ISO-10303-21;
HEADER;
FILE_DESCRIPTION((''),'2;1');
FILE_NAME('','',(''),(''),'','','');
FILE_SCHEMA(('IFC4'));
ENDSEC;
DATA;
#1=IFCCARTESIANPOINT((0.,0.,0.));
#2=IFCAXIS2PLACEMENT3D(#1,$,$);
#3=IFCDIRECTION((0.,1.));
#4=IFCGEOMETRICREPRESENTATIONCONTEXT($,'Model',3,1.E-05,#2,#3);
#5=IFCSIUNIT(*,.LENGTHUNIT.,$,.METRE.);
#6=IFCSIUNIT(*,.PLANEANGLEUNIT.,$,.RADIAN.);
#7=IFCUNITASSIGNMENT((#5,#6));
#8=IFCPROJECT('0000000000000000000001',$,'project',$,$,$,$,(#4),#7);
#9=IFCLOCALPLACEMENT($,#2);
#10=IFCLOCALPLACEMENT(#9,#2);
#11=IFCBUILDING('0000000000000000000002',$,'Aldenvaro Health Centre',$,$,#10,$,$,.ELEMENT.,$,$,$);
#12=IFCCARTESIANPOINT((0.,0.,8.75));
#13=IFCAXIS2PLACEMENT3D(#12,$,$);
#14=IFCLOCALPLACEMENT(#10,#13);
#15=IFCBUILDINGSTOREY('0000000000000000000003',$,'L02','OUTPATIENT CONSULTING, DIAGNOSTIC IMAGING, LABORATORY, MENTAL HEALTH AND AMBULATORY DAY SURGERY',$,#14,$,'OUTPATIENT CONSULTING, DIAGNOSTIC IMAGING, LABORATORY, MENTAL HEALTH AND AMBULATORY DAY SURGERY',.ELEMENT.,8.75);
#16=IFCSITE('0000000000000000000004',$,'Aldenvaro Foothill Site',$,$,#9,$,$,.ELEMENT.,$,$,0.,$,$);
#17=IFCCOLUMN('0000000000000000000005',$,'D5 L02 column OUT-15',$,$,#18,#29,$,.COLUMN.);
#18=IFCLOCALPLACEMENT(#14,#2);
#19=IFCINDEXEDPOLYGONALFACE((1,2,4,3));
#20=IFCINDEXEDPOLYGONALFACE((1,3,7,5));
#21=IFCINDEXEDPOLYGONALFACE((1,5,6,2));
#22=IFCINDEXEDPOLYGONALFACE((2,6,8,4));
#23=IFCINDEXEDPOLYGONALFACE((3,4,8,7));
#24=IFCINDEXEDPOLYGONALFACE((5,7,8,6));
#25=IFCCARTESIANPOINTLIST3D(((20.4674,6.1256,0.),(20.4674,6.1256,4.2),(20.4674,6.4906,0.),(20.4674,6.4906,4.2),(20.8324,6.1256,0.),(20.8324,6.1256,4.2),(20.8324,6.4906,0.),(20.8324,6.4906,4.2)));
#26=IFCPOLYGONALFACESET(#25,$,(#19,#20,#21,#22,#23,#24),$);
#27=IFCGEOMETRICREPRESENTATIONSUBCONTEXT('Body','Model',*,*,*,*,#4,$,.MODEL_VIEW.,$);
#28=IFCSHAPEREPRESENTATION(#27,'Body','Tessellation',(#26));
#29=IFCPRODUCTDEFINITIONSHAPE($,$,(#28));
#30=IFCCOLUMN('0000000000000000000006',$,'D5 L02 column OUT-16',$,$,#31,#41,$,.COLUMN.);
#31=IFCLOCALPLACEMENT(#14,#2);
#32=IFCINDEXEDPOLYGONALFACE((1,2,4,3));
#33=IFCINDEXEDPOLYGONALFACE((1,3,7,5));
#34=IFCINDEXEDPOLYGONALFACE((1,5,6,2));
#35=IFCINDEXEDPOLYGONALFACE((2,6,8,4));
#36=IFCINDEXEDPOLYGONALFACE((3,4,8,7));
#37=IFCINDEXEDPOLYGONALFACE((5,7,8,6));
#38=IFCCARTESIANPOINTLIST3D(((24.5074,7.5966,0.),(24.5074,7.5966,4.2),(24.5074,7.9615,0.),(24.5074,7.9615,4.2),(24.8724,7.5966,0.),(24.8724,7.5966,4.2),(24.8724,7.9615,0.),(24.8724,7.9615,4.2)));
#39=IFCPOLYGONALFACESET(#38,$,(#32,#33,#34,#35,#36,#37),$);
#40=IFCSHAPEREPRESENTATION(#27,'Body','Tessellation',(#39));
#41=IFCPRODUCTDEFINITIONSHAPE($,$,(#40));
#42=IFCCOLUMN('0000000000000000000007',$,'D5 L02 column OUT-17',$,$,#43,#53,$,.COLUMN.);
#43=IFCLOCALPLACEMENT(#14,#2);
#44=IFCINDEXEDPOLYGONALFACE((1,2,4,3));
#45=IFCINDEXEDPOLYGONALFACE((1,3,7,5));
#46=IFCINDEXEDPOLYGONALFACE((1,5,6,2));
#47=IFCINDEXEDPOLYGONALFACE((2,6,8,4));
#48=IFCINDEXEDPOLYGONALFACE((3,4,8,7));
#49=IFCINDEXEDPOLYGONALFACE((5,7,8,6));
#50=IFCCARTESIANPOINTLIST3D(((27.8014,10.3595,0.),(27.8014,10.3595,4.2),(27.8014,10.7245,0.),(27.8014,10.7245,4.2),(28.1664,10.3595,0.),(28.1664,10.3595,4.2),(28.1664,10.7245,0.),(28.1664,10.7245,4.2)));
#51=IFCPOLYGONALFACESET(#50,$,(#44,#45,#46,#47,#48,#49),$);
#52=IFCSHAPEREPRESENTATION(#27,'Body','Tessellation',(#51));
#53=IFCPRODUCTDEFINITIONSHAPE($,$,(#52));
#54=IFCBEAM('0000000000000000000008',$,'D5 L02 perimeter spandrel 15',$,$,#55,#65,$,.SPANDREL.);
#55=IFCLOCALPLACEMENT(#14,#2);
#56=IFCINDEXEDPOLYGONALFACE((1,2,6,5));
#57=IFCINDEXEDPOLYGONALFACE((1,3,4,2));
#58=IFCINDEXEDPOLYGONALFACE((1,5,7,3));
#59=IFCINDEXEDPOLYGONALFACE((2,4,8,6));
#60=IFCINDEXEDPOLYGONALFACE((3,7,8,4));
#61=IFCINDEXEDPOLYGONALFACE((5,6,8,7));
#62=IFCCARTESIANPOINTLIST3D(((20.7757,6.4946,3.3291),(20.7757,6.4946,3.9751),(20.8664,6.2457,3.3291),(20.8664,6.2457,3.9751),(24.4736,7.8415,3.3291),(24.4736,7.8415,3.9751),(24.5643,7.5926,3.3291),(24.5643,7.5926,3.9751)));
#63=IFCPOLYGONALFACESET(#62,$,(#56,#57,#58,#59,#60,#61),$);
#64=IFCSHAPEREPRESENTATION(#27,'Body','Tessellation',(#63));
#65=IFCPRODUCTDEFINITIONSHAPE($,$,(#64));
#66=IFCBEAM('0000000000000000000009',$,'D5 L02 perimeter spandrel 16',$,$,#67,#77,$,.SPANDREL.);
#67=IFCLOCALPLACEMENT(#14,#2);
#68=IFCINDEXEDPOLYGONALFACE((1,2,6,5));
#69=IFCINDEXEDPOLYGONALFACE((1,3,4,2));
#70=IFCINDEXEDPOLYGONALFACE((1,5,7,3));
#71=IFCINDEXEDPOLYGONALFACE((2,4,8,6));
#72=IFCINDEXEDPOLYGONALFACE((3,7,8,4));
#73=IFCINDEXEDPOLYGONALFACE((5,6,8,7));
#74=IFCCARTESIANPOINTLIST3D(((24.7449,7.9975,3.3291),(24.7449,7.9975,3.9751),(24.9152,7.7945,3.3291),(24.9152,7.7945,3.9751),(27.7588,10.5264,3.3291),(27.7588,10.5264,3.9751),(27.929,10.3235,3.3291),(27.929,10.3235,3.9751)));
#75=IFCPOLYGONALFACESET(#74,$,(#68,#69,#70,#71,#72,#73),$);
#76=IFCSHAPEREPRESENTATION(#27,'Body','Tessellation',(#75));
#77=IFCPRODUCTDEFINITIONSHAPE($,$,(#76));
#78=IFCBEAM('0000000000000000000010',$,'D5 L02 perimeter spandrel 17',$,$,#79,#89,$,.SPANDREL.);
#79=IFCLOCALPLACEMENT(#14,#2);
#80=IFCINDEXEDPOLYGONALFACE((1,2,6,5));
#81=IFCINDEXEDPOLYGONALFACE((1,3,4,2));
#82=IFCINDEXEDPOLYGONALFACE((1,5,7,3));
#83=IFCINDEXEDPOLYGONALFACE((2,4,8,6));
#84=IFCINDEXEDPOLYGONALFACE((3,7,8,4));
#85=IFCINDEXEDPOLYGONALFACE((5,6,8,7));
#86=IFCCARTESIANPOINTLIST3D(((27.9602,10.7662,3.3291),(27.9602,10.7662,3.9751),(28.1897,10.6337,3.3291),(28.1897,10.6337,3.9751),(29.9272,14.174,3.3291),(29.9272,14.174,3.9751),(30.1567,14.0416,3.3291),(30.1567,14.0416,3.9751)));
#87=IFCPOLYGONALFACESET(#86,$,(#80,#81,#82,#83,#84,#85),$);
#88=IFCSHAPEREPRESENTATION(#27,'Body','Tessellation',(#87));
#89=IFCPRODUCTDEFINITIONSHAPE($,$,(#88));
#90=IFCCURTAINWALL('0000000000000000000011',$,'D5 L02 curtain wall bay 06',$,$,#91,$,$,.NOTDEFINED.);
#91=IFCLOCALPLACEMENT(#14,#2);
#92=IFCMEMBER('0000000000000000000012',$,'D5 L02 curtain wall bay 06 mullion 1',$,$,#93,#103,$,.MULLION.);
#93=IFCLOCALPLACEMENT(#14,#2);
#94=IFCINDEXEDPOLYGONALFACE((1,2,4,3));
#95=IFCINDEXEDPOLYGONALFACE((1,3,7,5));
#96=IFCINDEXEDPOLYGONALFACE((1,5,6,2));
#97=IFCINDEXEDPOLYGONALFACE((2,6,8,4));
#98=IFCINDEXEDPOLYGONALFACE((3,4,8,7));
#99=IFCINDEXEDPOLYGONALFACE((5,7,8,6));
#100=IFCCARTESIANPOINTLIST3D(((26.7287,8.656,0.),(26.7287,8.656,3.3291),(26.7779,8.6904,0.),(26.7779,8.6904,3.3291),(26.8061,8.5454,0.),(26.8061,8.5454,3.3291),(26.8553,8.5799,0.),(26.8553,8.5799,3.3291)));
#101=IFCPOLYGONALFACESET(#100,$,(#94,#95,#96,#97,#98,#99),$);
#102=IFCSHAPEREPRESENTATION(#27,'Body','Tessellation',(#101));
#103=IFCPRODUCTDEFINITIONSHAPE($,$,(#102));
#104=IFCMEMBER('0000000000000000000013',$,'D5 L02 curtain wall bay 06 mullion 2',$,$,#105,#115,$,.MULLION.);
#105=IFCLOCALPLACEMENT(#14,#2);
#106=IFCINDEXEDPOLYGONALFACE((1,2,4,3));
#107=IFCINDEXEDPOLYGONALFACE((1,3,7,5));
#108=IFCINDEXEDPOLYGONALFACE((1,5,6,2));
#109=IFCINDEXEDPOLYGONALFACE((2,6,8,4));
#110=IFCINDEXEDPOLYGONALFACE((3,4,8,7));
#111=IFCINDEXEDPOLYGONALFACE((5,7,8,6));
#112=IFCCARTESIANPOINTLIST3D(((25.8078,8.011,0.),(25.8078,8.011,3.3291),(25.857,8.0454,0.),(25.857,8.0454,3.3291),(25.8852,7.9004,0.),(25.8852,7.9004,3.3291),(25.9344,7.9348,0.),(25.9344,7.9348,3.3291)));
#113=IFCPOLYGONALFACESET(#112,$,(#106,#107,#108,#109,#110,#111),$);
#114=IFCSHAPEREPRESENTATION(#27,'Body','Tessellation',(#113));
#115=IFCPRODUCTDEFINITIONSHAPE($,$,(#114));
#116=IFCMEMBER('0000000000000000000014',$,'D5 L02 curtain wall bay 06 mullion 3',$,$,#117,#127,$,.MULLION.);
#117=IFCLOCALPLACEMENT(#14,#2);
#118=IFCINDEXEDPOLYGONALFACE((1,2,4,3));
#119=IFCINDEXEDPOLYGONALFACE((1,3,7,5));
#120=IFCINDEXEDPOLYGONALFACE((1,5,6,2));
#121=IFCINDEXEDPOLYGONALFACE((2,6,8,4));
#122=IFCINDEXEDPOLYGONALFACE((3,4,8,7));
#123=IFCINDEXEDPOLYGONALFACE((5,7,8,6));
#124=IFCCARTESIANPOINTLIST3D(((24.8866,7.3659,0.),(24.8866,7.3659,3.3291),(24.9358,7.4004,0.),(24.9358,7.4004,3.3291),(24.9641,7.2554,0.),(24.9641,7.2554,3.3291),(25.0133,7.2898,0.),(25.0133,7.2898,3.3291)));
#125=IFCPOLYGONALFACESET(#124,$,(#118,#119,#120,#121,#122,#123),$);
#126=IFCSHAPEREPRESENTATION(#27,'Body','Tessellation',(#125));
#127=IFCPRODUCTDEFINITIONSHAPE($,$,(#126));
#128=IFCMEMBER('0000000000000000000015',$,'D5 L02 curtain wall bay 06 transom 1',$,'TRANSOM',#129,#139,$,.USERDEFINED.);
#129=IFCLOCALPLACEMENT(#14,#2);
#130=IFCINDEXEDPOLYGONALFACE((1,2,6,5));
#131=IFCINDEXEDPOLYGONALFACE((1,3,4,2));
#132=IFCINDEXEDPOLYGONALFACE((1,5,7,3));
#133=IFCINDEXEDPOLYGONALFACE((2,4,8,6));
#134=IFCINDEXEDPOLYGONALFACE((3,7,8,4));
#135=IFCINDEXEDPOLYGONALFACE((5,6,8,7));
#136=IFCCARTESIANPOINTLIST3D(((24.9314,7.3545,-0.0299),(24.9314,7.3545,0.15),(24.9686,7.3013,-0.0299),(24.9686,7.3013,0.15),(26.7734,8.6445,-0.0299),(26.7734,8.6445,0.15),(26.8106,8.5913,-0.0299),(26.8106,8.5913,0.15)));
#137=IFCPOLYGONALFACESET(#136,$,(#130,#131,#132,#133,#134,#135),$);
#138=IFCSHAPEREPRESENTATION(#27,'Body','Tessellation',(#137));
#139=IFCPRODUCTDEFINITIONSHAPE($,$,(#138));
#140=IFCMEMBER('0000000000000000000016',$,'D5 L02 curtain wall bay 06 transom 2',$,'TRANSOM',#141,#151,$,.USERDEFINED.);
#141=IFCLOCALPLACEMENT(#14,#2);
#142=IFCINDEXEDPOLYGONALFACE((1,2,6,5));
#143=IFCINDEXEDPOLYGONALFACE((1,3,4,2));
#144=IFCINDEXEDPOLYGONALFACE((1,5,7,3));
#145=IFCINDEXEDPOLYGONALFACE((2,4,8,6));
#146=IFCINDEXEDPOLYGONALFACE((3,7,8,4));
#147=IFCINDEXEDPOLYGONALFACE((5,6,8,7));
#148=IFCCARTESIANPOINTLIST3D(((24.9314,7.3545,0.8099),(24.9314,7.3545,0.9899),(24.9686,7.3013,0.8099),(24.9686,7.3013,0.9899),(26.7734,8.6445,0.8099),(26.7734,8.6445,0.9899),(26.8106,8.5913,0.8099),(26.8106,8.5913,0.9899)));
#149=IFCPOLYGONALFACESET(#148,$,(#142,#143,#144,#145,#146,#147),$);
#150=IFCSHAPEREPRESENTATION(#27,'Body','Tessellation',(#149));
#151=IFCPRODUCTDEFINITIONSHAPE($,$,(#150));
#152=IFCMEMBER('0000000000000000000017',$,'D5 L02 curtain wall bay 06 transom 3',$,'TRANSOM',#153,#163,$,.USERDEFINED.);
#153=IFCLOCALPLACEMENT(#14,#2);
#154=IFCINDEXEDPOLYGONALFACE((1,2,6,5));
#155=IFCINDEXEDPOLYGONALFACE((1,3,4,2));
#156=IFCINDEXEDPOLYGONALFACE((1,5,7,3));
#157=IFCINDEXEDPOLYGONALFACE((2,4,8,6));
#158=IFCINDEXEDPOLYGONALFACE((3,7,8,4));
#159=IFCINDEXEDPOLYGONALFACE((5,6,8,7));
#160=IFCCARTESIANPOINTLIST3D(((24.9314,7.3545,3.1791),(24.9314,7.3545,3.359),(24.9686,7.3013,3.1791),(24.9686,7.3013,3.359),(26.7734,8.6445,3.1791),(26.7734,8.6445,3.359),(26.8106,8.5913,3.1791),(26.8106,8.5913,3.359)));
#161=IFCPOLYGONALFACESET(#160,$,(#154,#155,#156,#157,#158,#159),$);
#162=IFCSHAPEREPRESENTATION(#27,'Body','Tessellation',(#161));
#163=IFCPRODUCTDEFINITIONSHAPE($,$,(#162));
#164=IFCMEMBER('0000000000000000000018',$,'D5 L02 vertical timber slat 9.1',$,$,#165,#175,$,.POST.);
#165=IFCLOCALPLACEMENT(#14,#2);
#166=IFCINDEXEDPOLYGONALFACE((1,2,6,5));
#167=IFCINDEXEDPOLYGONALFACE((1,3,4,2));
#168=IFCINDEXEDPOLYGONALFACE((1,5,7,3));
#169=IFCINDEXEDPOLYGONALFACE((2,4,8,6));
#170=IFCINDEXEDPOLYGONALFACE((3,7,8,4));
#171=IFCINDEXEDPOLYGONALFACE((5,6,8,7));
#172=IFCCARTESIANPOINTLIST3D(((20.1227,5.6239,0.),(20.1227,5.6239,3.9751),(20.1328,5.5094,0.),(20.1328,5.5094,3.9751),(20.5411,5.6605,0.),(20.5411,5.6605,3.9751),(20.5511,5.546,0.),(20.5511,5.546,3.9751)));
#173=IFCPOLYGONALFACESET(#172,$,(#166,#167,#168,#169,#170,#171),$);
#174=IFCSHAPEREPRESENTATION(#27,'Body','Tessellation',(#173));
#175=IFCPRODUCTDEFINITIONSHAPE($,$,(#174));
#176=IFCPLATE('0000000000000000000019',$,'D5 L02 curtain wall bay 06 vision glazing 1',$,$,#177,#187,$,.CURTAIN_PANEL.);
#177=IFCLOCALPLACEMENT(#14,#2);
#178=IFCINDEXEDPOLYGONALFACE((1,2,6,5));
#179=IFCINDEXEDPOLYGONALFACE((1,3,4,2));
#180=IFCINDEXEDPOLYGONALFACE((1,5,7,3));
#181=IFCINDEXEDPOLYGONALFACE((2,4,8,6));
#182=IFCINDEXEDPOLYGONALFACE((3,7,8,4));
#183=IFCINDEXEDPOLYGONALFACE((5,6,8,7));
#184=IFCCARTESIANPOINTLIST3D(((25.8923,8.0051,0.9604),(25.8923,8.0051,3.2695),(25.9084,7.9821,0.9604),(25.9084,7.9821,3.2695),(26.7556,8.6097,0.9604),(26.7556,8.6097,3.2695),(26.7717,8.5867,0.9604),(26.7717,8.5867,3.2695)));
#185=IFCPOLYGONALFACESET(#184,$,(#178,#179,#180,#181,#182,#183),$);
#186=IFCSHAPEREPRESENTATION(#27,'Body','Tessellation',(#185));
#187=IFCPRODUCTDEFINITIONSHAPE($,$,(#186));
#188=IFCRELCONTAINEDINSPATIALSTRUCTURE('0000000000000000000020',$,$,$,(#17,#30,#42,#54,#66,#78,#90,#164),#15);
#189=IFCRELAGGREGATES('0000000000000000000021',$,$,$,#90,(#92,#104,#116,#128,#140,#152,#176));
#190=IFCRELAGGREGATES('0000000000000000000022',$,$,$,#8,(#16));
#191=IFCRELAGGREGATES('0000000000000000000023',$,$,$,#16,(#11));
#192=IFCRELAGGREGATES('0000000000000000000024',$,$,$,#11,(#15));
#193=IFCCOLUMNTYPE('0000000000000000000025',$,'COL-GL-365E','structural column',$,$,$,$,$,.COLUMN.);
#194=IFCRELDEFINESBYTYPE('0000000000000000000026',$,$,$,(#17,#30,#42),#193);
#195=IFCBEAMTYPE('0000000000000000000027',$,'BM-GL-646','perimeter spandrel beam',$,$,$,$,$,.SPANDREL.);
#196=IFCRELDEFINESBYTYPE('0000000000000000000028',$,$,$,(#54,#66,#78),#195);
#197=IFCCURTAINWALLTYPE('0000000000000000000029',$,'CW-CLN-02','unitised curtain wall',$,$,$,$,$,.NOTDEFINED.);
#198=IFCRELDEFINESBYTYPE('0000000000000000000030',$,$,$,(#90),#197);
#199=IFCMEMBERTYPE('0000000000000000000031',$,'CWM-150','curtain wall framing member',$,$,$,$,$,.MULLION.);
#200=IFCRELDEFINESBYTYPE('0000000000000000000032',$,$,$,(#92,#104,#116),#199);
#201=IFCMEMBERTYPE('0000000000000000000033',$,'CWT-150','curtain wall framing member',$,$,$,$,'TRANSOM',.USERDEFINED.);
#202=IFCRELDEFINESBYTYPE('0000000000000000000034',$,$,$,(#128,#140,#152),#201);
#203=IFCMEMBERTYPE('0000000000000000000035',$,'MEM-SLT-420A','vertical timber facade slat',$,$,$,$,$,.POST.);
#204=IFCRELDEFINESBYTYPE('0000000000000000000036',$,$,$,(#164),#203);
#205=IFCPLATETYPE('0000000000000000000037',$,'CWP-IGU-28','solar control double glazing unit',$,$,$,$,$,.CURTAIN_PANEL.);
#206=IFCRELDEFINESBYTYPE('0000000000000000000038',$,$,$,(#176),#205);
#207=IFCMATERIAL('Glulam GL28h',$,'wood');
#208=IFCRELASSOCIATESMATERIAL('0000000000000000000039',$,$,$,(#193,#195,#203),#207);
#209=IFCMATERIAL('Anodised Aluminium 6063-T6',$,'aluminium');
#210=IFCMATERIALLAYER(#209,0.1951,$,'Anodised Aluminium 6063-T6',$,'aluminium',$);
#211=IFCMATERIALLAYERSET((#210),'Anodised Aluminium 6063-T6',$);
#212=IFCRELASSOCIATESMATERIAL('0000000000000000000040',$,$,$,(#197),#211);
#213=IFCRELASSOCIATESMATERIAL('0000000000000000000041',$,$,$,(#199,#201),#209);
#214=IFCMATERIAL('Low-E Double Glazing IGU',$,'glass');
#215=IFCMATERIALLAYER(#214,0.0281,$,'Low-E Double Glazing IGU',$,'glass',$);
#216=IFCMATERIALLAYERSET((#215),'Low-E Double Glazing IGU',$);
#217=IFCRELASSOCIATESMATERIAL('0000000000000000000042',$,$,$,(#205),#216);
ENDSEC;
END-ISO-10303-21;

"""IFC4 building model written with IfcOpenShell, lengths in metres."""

from ifc_helpers import new_model, si_unit, direction, frame, origin, origin_2d, place, context, subcontext, project, spatial, rectangle, extrude, material, layer, layer_set, material_profile, profile_set, type_object, element, aggregate, save


model = new_model("IFC4")

# Units and contexts
model_context = context("Model", 3, precision=1e-05, world=origin(), true_north=direction((0.0, 1.0)))
body_context = subcontext(model_context, "Body", "Model", "MODEL_VIEW")
ifc_project = project(units=[si_unit("LENGTHUNIT", "METRE"), si_unit("PLANEANGLEUNIT", "RADIAN")], contexts=[model_context])

# Site, building, storey
site_placement = place(None, origin())
site = spatial("IfcSite", under=ifc_project, at=site_placement, Name="Aldenvaro Foothill Site", CompositionType="ELEMENT", RefElevation=0.0)
building_placement = place(site_placement, origin())
building = spatial("IfcBuilding", under=site, at=building_placement, Name="Aldenvaro Health Centre", CompositionType="ELEMENT")
storey_placement = place(building_placement, frame((0.0, 0.0, 8.75)))
storey = spatial("IfcBuildingStorey", under=building, at=storey_placement, Name="L02", Description="OUTPATIENT CONSULTING, DIAGNOSTIC IMAGING, LABORATORY, MENTAL HEALTH AND AMBULATORY DAY SURGERY", LongName="OUTPATIENT CONSULTING, DIAGNOSTIC IMAGING, LABORATORY, MENTAL HEALTH AND AMBULATORY DAY SURGERY", CompositionType="ELEMENT", Elevation=8.75)

# Columns
ifc_material_1 = material(Name="Glulam GL28h", Category="wood")
ifc_material_profile_1 = material_profile(ifc_material_1, rectangle(XDim=0.365, YDim=0.365, at=origin_2d()), Name="GL 365x365", Category="wood")
ifc_profile_set_1 = profile_set([ifc_material_profile_1], Name="Glulam GL28h")
column_type = type_object("IfcColumnType", Name="COL-GL-365E", Description="structural column", PredefinedType="COLUMN", material=ifc_profile_set_1)
for number, where, z_axis, x_axis, name in (
    (1, (20.6499, 6.3081, 0.0), (0.0, 0.0, 1.0), (1.0, 0.0, 0.0), "D5 L02 column OUT-15"),
    (2, (24.6899, 7.7791, 0.0), (0.0, 0.0, 1.0), (1.0, 0.0, 0.0), "D5 L02 column OUT-16"),
    (3, (27.9839, 10.542, 0.0), (0.0, 0.0, 1.0), (1.0, 0.0, 0.0), "D5 L02 column OUT-17"),
):
    element("IfcColumn", number, at=place(storey_placement, frame(where, z_axis=z_axis, x_axis=x_axis)), inside=storey, type_object=column_type, Name=name, PredefinedType="COLUMN", context=body_context, shape_type="SweptSolid", body=[
        extrude(rectangle(XDim=0.365, YDim=0.365, at=origin_2d()), origin(), (0.0, 0.0, 1.0), 4.2),
    ])

# Beams
ifc_material_profile_2 = material_profile(ifc_material_1, rectangle(XDim=0.2649, YDim=0.646, at=origin_2d()), Name="GL 265x646", Category="wood")
ifc_profile_set_2 = profile_set([ifc_material_profile_2], Name="Glulam GL28h")
beam_type = type_object("IfcBeamType", Name="BM-GL-646", Description="perimeter spandrel beam", PredefinedType="SPANDREL", material=ifc_profile_set_2)
beam_1_placement = place(storey_placement, frame((20.821, 6.3701, 3.6521), z_axis=(0.939614, 0.342236, 0.0), x_axis=(-0.342236, 0.939614, 0.0)))
element("IfcBeam", 4, at=beam_1_placement, inside=storey, type_object=beam_type, Name="D5 L02 perimeter spandrel 15", PredefinedType="SPANDREL", context=body_context, shape_type="SweptSolid", body=[
    extrude(rectangle(XDim=0.2649, YDim=0.646, at=origin_2d()), origin(), (0.0, 0.0, 1.0), 3.9355),
])
beam_2_placement = place(storey_placement, frame((24.8301, 7.896, 3.6521), z_axis=(0.766035, 0.642799, 0.0), x_axis=(-0.642799, 0.766035, 0.0)))
element("IfcBeam", 5, at=beam_2_placement, inside=storey, type_object=beam_type, Name="D5 L02 perimeter spandrel 16", PredefinedType="SPANDREL", context=body_context, shape_type="SweptSolid", body=[
    extrude(rectangle(XDim=0.2649, YDim=0.646, at=origin_2d()), origin(), (0.0, 0.0, 1.0), 3.9343),
])
beam_3_placement = place(storey_placement, frame((28.075, 10.7, 3.6521), z_axis=(0.499896, 0.866085, 0.0), x_axis=(-0.866085, 0.499896, 0.0)))
element("IfcBeam", 6, at=beam_3_placement, inside=storey, type_object=beam_type, Name="D5 L02 perimeter spandrel 17", PredefinedType="SPANDREL", context=body_context, shape_type="SweptSolid", body=[
    extrude(rectangle(XDim=0.2649, YDim=0.646, at=origin_2d()), origin(), (0.0, 0.0, 1.0), 3.9348),
])

# Curtain wall, members
ifc_material_2 = material(Name="Anodised Aluminium 6063-T6", Category="aluminium")
ifc_layer_1 = layer(ifc_material_2, 0.1951, Name="Anodised Aluminium 6063-T6", Category="aluminium")
ifc_layer_set_1 = layer_set([ifc_layer_1], Name="Anodised Aluminium 6063-T6")
curtain_wall_type = type_object("IfcCurtainWallType", Name="CW-CLN-02", Description="unitised curtain wall", PredefinedType="NOTDEFINED", material=ifc_layer_set_1)
curtain_wall_placement = place(storey_placement, origin())
curtain_wall = element("IfcCurtainWall", 7, at=curtain_wall_placement, inside=storey, type_object=curtain_wall_type, Name="D5 L02 curtain wall bay 06", PredefinedType="NOTDEFINED")
ifc_material_profile_3 = material_profile(ifc_material_2, rectangle(XDim=0.0601, YDim=0.135, at=origin_2d()), Name="ALU 60x135", Category="aluminium")
ifc_profile_set_3 = profile_set([ifc_material_profile_3], Name="Anodised Aluminium 6063-T6")
member_type_1 = type_object("IfcMemberType", Name="CWM-150", Description="curtain wall framing member", PredefinedType="MULLION", material=ifc_profile_set_3)
member_1_placement = place(storey_placement, frame((26.792, 8.6179, 0.0), z_axis=(0.0, 0.0, 1.0), x_axis=(-0.819107, -0.573641, 0.0)))
member_1 = element("IfcMember", 8, at=member_1_placement, type_object=member_type_1, Name="D5 L02 curtain wall bay 06 mullion 1", PredefinedType="MULLION", context=body_context, shape_type="SweptSolid", body=[
    extrude(rectangle(XDim=0.0601, YDim=0.135, at=origin_2d()), origin(), (0.0, 0.0, 1.0), 3.3291),
])
member_2_placement = place(storey_placement, frame((25.8711, 7.9729, 0.0), z_axis=(0.0, 0.0, 1.0), x_axis=(-0.819107, -0.573641, 0.0)))
member_2 = element("IfcMember", 9, at=member_2_placement, type_object=member_type_1, Name="D5 L02 curtain wall bay 06 mullion 2", PredefinedType="MULLION", context=body_context, shape_type="SweptSolid", body=[
    extrude(rectangle(XDim=0.0601, YDim=0.135, at=origin_2d()), origin(), (0.0, 0.0, 1.0), 3.3291),
])
member_3_placement = place(storey_placement, frame((24.95, 7.3279, 0.0), z_axis=(0.0, 0.0, 1.0), x_axis=(-0.819107, -0.573641, 0.0)))
member_3 = element("IfcMember", 10, at=member_3_placement, type_object=member_type_1, Name="D5 L02 curtain wall bay 06 mullion 3", PredefinedType="MULLION", context=body_context, shape_type="SweptSolid", body=[
    extrude(rectangle(XDim=0.0601, YDim=0.135, at=origin_2d()), origin(), (0.0, 0.0, 1.0), 3.3291),
])
ifc_material_profile_4 = material_profile(ifc_material_2, rectangle(XDim=0.0649, YDim=0.1799, at=origin_2d()), Name="ALU 65x180", Category="aluminium")
ifc_profile_set_4 = profile_set([ifc_material_profile_4], Name="Anodised Aluminium 6063-T6")
member_type_2 = type_object("IfcMemberType", Name="CWT-150", Description="curtain wall framing member", ElementType="TRANSOM", PredefinedType="USERDEFINED", material=ifc_profile_set_4)
member_4_placement = place(storey_placement, frame((26.792, 8.6179, 0.0601), z_axis=(-0.819104, -0.573644, 0.0), x_axis=(0.573644, -0.819104, 0.0)))
member_4 = element("IfcMember", 11, at=member_4_placement, type_object=member_type_2, Name="D5 L02 curtain wall bay 06 transom 1", ObjectType="TRANSOM", PredefinedType="USERDEFINED", context=body_context, shape_type="SweptSolid", body=[
    extrude(rectangle(XDim=0.0649, YDim=0.1799, at=origin_2d()), origin(), (0.0, 0.0, 1.0), 2.2488),
])
member_5_placement = place(storey_placement, frame((26.792, 8.6179, 0.8999), z_axis=(-0.819104, -0.573644, 0.0), x_axis=(0.573644, -0.819104, 0.0)))
member_5 = element("IfcMember", 12, at=member_5_placement, type_object=member_type_2, Name="D5 L02 curtain wall bay 06 transom 2", ObjectType="TRANSOM", PredefinedType="USERDEFINED", context=body_context, shape_type="SweptSolid", body=[
    extrude(rectangle(XDim=0.0649, YDim=0.1799, at=origin_2d()), origin(), (0.0, 0.0, 1.0), 2.2488),
])
member_6_placement = place(storey_placement, frame((26.792, 8.6179, 3.269), z_axis=(-0.819104, -0.573644, 0.0), x_axis=(0.573644, -0.819104, 0.0)))
member_6 = element("IfcMember", 13, at=member_6_placement, type_object=member_type_2, Name="D5 L02 curtain wall bay 06 transom 3", ObjectType="TRANSOM", PredefinedType="USERDEFINED", context=body_context, shape_type="SweptSolid", body=[
    extrude(rectangle(XDim=0.0649, YDim=0.1799, at=origin_2d()), origin(), (0.0, 0.0, 1.0), 2.2488),
])

# Member
ifc_material_profile_5 = material_profile(ifc_material_1, rectangle(XDim=0.115, YDim=0.4199, at=origin_2d()), Name="GL 115x420", Category="wood")
ifc_profile_set_5 = profile_set([ifc_material_profile_5], Name="Glulam GL28h")
member_type_3 = type_object("IfcMemberType", Name="MEM-SLT-420A", Description="vertical timber facade slat", PredefinedType="POST", material=ifc_profile_set_5)
member_7_placement = place(storey_placement, frame((20.3369, 5.585, 0.0), z_axis=(0.0, 0.0, 1.0), x_axis=(0.087167, -0.996194, 0.0)))
element("IfcMember", 14, at=member_7_placement, inside=storey, type_object=member_type_3, Name="D5 L02 vertical timber slat 9.1", PredefinedType="POST", context=body_context, shape_type="SweptSolid", body=[
    extrude(rectangle(XDim=0.115, YDim=0.4199, at=origin_2d()), origin(), (0.0, 0.0, 1.0), 3.9751),
])

# Plate
ifc_material_3 = material(Name="Low-E Double Glazing IGU", Category="glass")
ifc_layer_2 = layer(ifc_material_3, 0.0281, Name="Low-E Double Glazing IGU", Category="glass")
ifc_layer_set_2 = layer_set([ifc_layer_2], Name="Low-E Double Glazing IGU")
plate_type_1 = type_object("IfcPlateType", Name="CWP-IGU-28", Description="solar control double glazing unit", PredefinedType="CURTAIN_PANEL", material=ifc_layer_set_2)
plate_1_placement = place(storey_placement, frame((26.332, 8.2959, 0.9604), z_axis=(0.0, 0.0, 1.0), x_axis=(-0.819107, -0.573641, 0.0)))
plate_1 = element("IfcPlate", 15, at=plate_1_placement, type_object=plate_type_1, Name="D5 L02 curtain wall bay 06 vision glazing 1", PredefinedType="CURTAIN_PANEL", context=body_context, shape_type="SweptSolid", body=[
    extrude(rectangle(XDim=1.054, YDim=0.0281, at=origin_2d()), origin(), (0.0, 0.0, 1.0), 2.3091),
])
aggregate(curtain_wall, [member_1, member_2, member_3, member_4, member_5, member_6, plate_1])

save(model, "model.ifc")
